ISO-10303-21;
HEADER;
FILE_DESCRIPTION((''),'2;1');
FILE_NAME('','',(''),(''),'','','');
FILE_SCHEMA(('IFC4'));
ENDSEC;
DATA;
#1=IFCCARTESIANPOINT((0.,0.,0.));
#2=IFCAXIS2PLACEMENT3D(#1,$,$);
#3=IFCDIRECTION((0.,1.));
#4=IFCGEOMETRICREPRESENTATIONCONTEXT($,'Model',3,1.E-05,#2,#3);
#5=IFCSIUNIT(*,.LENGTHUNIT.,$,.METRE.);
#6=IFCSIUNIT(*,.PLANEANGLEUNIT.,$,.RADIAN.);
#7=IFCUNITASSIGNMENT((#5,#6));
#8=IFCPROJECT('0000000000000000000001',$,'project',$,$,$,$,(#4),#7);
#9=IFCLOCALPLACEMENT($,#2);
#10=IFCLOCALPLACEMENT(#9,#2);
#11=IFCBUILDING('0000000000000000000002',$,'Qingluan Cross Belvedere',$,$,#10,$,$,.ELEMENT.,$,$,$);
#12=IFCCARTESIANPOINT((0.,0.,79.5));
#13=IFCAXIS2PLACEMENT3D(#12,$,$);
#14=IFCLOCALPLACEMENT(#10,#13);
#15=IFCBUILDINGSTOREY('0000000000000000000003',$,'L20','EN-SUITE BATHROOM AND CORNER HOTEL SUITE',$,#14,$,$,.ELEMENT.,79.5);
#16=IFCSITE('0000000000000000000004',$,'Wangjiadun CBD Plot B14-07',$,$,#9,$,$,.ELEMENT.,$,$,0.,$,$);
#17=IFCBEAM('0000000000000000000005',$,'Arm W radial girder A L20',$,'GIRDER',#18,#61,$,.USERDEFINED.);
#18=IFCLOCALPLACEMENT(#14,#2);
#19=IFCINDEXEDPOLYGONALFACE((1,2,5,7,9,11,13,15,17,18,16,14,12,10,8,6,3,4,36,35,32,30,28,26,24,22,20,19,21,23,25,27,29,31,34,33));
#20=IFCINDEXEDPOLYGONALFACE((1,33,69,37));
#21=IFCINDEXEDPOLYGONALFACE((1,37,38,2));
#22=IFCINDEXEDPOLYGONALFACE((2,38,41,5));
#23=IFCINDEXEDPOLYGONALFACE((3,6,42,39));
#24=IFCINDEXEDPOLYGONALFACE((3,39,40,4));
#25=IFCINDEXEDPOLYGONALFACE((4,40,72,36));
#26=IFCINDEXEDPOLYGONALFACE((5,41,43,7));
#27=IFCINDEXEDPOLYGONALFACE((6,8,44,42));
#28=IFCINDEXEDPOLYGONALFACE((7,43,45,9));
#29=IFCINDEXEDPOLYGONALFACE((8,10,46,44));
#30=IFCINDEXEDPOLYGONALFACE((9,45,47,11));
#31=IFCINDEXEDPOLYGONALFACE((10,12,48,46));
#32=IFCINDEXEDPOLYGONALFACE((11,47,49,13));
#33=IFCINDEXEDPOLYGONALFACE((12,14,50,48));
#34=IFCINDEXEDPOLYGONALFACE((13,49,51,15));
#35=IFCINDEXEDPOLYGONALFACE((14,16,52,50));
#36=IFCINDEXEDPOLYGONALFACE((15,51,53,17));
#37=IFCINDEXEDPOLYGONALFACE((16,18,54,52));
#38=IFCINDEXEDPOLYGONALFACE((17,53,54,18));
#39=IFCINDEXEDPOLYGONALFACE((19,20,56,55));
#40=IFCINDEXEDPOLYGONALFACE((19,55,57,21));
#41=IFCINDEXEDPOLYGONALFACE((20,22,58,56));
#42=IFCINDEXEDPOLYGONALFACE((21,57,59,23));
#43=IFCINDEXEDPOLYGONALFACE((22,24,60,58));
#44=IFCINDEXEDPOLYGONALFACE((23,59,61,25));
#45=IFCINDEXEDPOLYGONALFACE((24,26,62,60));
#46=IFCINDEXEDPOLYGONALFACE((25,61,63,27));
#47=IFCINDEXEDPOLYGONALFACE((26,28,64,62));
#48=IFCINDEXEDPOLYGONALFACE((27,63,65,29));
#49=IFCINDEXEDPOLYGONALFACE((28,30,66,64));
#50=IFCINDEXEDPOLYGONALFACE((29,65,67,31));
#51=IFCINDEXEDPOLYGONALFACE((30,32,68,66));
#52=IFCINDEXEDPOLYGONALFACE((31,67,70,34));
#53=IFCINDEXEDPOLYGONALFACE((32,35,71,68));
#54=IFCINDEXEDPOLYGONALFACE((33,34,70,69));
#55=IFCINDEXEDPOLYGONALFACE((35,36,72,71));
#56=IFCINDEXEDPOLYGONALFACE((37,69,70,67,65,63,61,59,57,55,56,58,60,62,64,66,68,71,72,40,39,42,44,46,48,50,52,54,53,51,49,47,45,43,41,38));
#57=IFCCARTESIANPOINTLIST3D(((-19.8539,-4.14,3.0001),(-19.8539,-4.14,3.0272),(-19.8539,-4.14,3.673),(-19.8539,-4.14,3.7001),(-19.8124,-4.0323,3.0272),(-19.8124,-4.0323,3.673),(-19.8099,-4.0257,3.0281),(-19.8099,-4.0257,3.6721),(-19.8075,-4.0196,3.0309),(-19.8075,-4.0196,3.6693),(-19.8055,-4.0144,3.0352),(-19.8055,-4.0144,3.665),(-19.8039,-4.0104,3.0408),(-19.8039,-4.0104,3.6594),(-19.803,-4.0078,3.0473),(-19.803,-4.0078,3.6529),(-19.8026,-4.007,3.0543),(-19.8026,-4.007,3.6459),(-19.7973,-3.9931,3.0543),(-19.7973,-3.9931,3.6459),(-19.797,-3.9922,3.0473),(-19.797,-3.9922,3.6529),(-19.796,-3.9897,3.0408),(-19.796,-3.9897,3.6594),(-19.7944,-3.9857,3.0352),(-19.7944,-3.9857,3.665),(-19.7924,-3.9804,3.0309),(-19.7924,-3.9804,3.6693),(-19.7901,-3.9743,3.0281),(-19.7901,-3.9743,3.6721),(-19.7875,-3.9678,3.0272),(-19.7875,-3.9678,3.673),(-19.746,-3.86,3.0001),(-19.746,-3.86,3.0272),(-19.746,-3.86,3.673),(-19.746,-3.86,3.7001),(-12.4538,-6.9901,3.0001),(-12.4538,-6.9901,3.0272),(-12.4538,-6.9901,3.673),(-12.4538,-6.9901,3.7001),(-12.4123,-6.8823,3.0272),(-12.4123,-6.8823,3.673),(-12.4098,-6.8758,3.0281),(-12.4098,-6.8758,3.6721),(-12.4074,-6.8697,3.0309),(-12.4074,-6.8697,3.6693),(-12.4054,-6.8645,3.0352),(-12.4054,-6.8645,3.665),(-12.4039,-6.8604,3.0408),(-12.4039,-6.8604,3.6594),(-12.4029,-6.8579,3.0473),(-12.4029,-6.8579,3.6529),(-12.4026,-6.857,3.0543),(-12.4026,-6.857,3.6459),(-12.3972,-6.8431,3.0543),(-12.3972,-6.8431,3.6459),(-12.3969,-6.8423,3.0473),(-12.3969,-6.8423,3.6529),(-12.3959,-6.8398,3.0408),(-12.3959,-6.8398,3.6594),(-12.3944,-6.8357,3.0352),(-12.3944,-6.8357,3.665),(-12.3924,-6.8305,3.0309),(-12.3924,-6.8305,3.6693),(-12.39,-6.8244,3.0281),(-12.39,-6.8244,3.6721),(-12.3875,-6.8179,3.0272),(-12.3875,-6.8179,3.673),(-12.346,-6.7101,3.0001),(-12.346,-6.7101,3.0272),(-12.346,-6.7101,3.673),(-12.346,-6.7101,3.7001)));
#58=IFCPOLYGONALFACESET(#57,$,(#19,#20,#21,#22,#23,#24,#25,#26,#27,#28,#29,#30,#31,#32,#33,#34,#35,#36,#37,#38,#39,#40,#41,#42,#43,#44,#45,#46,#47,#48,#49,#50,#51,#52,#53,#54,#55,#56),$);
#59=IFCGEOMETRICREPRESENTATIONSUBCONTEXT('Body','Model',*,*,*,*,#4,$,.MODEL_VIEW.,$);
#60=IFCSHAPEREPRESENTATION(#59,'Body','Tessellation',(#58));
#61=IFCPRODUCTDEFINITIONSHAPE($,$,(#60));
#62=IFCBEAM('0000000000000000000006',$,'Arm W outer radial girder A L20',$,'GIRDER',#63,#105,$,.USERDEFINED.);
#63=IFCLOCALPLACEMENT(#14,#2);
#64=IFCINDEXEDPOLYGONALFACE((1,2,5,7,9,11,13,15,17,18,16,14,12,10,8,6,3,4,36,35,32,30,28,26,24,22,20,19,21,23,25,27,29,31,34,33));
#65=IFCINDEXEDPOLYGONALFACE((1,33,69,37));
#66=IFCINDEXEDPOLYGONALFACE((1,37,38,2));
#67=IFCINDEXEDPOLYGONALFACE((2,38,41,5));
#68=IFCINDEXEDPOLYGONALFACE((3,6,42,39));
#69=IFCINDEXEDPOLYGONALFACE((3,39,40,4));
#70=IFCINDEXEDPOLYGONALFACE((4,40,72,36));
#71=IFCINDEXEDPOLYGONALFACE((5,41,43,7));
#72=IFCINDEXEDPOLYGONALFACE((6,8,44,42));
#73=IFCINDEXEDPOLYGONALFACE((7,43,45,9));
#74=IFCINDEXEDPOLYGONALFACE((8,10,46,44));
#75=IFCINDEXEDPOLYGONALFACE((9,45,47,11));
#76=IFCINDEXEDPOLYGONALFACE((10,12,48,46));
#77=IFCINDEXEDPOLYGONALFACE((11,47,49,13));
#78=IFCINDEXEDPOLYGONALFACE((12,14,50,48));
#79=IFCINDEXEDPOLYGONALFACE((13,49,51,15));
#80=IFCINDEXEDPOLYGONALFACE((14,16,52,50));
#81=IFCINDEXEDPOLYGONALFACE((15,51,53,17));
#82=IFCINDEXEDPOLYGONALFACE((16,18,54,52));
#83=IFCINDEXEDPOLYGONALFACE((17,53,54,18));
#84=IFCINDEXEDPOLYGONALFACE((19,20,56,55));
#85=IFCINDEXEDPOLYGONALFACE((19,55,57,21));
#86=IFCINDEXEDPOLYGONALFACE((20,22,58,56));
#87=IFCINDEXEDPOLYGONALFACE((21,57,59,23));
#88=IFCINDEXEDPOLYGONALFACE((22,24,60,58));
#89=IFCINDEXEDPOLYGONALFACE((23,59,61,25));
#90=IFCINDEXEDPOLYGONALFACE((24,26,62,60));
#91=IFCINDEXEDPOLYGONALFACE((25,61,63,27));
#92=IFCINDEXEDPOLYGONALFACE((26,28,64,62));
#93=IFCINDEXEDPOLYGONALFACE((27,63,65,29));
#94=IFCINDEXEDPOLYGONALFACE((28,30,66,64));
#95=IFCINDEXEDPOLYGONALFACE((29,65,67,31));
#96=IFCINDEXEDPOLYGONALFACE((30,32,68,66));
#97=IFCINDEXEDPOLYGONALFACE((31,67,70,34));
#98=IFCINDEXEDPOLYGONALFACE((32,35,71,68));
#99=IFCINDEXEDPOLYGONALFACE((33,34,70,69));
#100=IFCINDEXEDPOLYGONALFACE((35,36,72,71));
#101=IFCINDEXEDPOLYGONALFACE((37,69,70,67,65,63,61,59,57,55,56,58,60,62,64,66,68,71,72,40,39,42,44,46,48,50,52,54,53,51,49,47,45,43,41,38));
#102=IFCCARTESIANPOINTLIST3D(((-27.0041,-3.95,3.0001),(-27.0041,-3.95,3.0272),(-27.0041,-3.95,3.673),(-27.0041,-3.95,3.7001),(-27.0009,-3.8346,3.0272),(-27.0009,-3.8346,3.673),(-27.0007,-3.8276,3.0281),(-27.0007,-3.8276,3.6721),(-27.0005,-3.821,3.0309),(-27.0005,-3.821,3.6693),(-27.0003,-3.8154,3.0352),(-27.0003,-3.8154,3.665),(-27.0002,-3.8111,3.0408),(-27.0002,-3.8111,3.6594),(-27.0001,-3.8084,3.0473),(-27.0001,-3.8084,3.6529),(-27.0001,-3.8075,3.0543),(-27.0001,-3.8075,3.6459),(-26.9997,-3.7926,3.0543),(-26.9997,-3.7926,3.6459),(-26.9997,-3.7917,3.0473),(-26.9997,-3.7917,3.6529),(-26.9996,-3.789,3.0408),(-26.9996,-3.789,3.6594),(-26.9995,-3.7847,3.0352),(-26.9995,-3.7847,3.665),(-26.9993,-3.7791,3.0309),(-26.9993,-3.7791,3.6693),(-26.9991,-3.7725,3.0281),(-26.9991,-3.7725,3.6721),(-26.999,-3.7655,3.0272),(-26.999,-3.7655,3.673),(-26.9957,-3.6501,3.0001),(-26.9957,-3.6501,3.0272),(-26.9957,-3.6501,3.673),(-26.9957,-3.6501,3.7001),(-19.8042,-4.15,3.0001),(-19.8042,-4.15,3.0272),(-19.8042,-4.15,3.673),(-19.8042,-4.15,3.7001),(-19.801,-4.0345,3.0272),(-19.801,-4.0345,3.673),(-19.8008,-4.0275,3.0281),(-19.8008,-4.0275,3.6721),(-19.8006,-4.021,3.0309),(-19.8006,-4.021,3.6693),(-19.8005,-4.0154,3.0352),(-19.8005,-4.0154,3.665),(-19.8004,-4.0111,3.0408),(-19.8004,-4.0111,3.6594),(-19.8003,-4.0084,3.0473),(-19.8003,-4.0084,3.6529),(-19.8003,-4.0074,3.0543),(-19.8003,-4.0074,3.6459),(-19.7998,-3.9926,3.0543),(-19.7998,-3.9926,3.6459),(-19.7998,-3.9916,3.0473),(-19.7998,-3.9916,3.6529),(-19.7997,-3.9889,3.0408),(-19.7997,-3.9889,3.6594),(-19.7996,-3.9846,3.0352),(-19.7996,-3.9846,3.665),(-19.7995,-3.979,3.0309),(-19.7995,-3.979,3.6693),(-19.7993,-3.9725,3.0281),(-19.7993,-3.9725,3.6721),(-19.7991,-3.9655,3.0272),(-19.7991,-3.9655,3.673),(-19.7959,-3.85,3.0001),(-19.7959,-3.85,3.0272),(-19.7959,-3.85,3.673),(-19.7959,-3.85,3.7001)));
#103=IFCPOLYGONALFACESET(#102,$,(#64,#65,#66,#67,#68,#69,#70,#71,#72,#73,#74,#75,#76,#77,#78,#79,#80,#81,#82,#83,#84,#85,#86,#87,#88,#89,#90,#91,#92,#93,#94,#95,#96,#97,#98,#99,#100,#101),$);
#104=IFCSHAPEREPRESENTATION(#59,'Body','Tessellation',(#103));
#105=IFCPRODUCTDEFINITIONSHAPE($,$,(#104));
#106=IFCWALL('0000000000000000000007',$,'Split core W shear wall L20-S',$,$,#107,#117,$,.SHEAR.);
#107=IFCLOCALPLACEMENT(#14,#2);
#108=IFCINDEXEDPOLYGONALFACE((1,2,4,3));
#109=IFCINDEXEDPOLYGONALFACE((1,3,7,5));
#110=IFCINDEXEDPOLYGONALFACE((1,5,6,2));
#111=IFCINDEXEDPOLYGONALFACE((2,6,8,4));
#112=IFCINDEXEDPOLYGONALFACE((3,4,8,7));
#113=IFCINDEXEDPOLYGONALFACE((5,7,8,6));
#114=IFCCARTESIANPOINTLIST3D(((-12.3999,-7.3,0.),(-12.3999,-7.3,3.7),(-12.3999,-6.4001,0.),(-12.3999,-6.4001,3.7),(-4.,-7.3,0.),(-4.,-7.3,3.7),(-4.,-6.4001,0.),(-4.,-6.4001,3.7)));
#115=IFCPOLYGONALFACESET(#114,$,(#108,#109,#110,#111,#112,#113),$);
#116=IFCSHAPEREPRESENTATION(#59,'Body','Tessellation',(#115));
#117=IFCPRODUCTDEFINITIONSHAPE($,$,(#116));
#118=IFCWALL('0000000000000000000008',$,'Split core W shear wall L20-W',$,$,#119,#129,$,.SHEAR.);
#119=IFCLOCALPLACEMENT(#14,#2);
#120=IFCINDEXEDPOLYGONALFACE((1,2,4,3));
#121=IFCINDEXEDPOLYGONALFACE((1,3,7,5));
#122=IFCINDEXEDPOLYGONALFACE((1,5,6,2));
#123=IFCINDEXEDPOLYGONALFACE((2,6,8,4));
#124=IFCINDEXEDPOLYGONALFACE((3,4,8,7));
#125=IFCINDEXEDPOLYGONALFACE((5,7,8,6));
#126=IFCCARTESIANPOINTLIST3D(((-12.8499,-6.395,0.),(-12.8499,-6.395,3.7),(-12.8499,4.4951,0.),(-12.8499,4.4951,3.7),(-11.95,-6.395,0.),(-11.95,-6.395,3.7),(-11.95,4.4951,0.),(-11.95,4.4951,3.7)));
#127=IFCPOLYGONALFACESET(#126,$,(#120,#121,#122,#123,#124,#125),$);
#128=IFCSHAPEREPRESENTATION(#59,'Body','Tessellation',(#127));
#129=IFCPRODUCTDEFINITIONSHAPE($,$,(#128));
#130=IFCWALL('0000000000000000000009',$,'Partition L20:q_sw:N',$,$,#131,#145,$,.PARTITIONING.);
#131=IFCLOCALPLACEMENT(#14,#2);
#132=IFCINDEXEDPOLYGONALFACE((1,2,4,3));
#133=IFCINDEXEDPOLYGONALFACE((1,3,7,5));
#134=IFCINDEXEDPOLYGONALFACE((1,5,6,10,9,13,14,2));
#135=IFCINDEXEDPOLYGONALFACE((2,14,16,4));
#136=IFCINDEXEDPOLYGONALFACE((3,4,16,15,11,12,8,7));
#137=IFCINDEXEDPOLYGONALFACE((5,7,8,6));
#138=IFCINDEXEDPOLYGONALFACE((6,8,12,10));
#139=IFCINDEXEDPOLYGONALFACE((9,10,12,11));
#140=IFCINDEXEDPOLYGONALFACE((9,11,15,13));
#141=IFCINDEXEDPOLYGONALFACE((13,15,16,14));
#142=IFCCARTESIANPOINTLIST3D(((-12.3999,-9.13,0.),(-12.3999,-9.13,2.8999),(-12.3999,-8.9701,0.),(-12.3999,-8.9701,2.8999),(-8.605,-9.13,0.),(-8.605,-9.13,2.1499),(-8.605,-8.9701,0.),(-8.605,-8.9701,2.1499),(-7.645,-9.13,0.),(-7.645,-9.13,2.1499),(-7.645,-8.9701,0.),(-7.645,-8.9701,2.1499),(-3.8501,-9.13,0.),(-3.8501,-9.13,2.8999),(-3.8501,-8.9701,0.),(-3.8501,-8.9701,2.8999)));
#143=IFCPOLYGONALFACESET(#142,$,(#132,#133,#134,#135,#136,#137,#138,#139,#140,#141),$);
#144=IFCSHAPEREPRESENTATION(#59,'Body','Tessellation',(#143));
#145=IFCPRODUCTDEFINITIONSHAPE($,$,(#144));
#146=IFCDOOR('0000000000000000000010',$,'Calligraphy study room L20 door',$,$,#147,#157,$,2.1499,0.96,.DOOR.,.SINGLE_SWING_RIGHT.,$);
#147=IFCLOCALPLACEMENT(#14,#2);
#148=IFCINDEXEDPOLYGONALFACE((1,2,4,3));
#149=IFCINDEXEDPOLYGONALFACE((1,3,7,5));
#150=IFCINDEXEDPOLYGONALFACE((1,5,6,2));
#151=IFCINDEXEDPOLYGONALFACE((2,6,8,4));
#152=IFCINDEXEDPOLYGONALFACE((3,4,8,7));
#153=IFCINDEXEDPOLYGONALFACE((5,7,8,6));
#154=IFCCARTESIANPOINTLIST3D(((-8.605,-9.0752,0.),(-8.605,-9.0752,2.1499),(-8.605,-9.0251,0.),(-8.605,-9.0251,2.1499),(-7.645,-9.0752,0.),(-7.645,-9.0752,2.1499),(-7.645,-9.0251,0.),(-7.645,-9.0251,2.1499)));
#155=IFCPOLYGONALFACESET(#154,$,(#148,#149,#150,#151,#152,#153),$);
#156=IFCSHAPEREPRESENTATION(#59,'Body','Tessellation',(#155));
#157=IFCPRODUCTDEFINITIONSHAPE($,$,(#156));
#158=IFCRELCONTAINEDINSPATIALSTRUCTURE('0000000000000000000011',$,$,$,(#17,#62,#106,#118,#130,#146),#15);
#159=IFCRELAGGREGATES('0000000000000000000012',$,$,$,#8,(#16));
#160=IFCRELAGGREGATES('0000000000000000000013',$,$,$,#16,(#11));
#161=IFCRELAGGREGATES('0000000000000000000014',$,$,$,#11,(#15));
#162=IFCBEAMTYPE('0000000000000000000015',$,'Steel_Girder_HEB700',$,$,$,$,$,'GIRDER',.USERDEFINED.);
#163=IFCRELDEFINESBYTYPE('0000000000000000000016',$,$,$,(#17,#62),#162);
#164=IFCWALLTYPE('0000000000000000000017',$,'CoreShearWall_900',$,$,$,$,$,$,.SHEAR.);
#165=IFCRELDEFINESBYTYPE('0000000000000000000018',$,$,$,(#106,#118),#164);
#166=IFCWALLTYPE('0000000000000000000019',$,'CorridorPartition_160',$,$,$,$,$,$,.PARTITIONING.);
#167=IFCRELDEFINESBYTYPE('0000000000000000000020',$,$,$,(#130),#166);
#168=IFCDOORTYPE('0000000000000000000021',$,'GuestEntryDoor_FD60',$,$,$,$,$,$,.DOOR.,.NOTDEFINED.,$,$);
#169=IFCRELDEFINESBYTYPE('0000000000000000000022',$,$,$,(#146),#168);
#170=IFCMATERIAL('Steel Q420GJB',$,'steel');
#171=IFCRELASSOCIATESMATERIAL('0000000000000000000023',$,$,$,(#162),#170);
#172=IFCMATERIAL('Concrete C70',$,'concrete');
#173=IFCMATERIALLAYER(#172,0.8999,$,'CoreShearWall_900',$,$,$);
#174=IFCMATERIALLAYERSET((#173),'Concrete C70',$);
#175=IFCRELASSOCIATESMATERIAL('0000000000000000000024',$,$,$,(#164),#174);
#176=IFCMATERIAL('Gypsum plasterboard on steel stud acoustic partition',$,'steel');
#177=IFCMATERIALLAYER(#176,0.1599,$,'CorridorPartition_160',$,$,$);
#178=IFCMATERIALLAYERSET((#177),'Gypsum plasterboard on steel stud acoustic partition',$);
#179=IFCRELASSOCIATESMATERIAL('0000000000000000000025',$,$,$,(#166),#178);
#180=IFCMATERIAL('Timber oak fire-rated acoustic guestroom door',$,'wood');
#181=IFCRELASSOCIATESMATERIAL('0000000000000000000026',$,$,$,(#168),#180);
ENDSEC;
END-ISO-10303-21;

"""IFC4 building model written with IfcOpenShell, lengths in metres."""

from ifc_helpers import new_model, si_unit, direction, frame, frame_2d, origin, origin_2d, place, context, subcontext, project, spatial, rectangle, i_section, extrude, material, layer, layer_set, material_profile, profile_set, type_object, element, fill, save


model = new_model("IFC4")

# Units and contexts
model_context = context("Model", 3, precision=1e-05, world=origin(), true_north=direction((0.0, 1.0)))
body_context = subcontext(model_context, "Body", "Model", "MODEL_VIEW")
ifc_project = project(units=[si_unit("LENGTHUNIT", "METRE"), si_unit("PLANEANGLEUNIT", "RADIAN")], contexts=[model_context])

# Site, building, storey
site_placement = place(None, origin())
site = spatial("IfcSite", under=ifc_project, at=site_placement, Name="Wangjiadun CBD Plot B14-07", CompositionType="ELEMENT", RefElevation=0.0)
building_placement = place(site_placement, origin())
building = spatial("IfcBuilding", under=site, at=building_placement, Name="Qingluan Cross Belvedere", CompositionType="ELEMENT")
storey_placement = place(building_placement, frame((0.0, 0.0, 79.5)))
storey = spatial("IfcBuildingStorey", under=building, at=storey_placement, Name="L20", Description="EN-SUITE BATHROOM AND CORNER HOTEL SUITE", CompositionType="ELEMENT", Elevation=79.5)

# Beams
ifc_material_1 = material(Name="Steel Q420GJB", Category="steel")
ifc_material_profile_1 = material_profile(ifc_material_1, i_section(OverallWidth=0.3, OverallDepth=0.7, WebThickness=0.0149, FlangeThickness=0.0271, FilletRadius=0.0271, at=origin_2d()), Name="HEB700")
ifc_profile_set_1 = profile_set([ifc_material_profile_1], Name="Steel Q420GJB")
beam_type_1 = type_object("IfcBeamType", Name="Steel_Girder_HEB700", ElementType="GIRDER", PredefinedType="USERDEFINED", material=ifc_profile_set_1)
beam_1_placement = place(storey_placement, frame((-12.3999, -6.8501, 3.3501), z_axis=(-0.933181, 0.359406, 0.0), x_axis=(-0.359406, -0.933181, 0.0)))
element("IfcBeam", 1, at=beam_1_placement, inside=storey, type_object=beam_type_1, Name="Arm W radial girder A L20", ObjectType="GIRDER", PredefinedType="USERDEFINED", context=body_context, shape_type="SweptSolid", body=[
    extrude(i_section(OverallWidth=0.3, OverallDepth=0.7, WebThickness=0.0149, FlangeThickness=0.0271, FilletRadius=0.0271, at=origin_2d()), origin(), (0.0, 0.0, 1.0), 7.9299),
])
beam_2_placement = place(storey_placement, frame((-19.8, -4.0, 3.3501), z_axis=(-0.999615, 0.02776, 0.0), x_axis=(-0.02776, -0.999615, 0.0)))
element("IfcBeam", 2, at=beam_2_placement, inside=storey, type_object=beam_type_1, Name="Arm W outer radial girder A L20", ObjectType="GIRDER", PredefinedType="USERDEFINED", context=body_context, shape_type="SweptSolid", body=[
    extrude(i_section(OverallWidth=0.3, OverallDepth=0.7, WebThickness=0.0149, FlangeThickness=0.0271, FilletRadius=0.0271, at=origin_2d()), origin(), (0.0, 0.0, 1.0), 7.2026),
])

# Walls
ifc_material_2 = material(Name="Concrete C70", Category="concrete")
ifc_layer_1 = layer(ifc_material_2, 0.8999, Name="CoreShearWall_900")
ifc_layer_set_1 = layer_set([ifc_layer_1], Name="Concrete C70")
wall_type_1 = type_object("IfcWallType", Name="CoreShearWall_900", PredefinedType="SHEAR", material=ifc_layer_set_1)
wall_1_placement = place(storey_placement, frame((-12.3999, -6.8501, 0.0), z_axis=(0.0, 0.0, 1.0), x_axis=(1.0, 0.0, 0.0)))
element("IfcWall", 3, at=wall_1_placement, inside=storey, type_object=wall_type_1, Name="Split core W shear wall L20-S", PredefinedType="SHEAR", context=body_context, shape_type="SweptSolid", body=[
    extrude(rectangle(XDim=8.3999, YDim=0.8999, at=frame_2d((4.2, 0.0))), origin(), (0.0, 0.0, 1.0), 3.7),
])
wall_2_placement = place(storey_placement, frame((-12.3999, -6.395, 0.0), z_axis=(0.0, 0.0, 1.0), x_axis=(0.0, 1.0, 0.0)))
element("IfcWall", 4, at=wall_2_placement, inside=storey, type_object=wall_type_1, Name="Split core W shear wall L20-W", PredefinedType="SHEAR", context=body_context, shape_type="SweptSolid", body=[
    extrude(rectangle(XDim=10.8901, YDim=0.8999, at=frame_2d((5.4451, 0.0))), origin(), (0.0, 0.0, 1.0), 3.7),
])

# Wall, opening, door
ifc_material_3 = material(Name="Gypsum plasterboard on steel stud acoustic partition", Category="steel")
ifc_layer_2 = layer(ifc_material_3, 0.1599, Name="CorridorPartition_160")
ifc_layer_set_2 = layer_set([ifc_layer_2], Name="Gypsum plasterboard on steel stud acoustic partition")
wall_type_2 = type_object("IfcWallType", Name="CorridorPartition_160", PredefinedType="PARTITIONING", material=ifc_layer_set_2)
wall_3_placement = place(storey_placement, frame((-12.3999, -9.05, 0.0), z_axis=(0.0, 0.0, 1.0), x_axis=(1.0, 0.0, 0.0)))
wall_3 = element("IfcWall", 5, at=wall_3_placement, inside=storey, type_object=wall_type_2, Name="Partition L20:q_sw:N", PredefinedType="PARTITIONING", context=body_context, shape_type="SweptSolid", body=[
    extrude(rectangle(XDim=8.5498, YDim=0.1599, at=frame_2d((4.2749, 0.0))), origin(), (0.0, 0.0, 1.0), 2.8999),
])
opening_1_placement = place(wall_3_placement, frame((3.7949, 0.0, 0.0)))
opening_1 = element("IfcOpeningElement", 6, at=opening_1_placement, cuts=wall_3, PredefinedType="OPENING", context=body_context, shape_type="SweptSolid", body=[
    extrude(rectangle(XDim=0.96, YDim=2.1499, at=frame_2d((0.48, 1.075))), frame((0.0, 0.0898, 0.0), z_axis=(0.0, -1.0, 0.0), x_axis=(1.0, 0.0, 0.0)), (0.0, 0.0, 1.0), 0.1799),
])
ifc_material_4 = material(Name="Timber oak fire-rated acoustic guestroom door", Category="wood")
door_type_1 = type_object("IfcDoorType", Name="GuestEntryDoor_FD60", OperationType="NOTDEFINED", PredefinedType="DOOR", material=ifc_material_4)
door_1_placement = place(opening_1_placement, origin())
door_1 = element("IfcDoor", 7, at=door_1_placement, inside=storey, type_object=door_type_1, Name="Calligraphy study room L20 door", OperationType="SINGLE_SWING_RIGHT", OverallHeight=2.1499, OverallWidth=0.96, PredefinedType="DOOR", context=body_context, shape_type="SweptSolid", body=[
    extrude(rectangle(XDim=0.96, YDim=2.1499, at=frame_2d((0.48, 1.075))), frame((0.0, 0.0249, 0.0), z_axis=(0.0, -1.0, 0.0), x_axis=(1.0, 0.0, 0.0)), (0.0, 0.0, 1.0), 0.05),
])
fill(opening_1, door_1)

save(model, "model.ifc")
